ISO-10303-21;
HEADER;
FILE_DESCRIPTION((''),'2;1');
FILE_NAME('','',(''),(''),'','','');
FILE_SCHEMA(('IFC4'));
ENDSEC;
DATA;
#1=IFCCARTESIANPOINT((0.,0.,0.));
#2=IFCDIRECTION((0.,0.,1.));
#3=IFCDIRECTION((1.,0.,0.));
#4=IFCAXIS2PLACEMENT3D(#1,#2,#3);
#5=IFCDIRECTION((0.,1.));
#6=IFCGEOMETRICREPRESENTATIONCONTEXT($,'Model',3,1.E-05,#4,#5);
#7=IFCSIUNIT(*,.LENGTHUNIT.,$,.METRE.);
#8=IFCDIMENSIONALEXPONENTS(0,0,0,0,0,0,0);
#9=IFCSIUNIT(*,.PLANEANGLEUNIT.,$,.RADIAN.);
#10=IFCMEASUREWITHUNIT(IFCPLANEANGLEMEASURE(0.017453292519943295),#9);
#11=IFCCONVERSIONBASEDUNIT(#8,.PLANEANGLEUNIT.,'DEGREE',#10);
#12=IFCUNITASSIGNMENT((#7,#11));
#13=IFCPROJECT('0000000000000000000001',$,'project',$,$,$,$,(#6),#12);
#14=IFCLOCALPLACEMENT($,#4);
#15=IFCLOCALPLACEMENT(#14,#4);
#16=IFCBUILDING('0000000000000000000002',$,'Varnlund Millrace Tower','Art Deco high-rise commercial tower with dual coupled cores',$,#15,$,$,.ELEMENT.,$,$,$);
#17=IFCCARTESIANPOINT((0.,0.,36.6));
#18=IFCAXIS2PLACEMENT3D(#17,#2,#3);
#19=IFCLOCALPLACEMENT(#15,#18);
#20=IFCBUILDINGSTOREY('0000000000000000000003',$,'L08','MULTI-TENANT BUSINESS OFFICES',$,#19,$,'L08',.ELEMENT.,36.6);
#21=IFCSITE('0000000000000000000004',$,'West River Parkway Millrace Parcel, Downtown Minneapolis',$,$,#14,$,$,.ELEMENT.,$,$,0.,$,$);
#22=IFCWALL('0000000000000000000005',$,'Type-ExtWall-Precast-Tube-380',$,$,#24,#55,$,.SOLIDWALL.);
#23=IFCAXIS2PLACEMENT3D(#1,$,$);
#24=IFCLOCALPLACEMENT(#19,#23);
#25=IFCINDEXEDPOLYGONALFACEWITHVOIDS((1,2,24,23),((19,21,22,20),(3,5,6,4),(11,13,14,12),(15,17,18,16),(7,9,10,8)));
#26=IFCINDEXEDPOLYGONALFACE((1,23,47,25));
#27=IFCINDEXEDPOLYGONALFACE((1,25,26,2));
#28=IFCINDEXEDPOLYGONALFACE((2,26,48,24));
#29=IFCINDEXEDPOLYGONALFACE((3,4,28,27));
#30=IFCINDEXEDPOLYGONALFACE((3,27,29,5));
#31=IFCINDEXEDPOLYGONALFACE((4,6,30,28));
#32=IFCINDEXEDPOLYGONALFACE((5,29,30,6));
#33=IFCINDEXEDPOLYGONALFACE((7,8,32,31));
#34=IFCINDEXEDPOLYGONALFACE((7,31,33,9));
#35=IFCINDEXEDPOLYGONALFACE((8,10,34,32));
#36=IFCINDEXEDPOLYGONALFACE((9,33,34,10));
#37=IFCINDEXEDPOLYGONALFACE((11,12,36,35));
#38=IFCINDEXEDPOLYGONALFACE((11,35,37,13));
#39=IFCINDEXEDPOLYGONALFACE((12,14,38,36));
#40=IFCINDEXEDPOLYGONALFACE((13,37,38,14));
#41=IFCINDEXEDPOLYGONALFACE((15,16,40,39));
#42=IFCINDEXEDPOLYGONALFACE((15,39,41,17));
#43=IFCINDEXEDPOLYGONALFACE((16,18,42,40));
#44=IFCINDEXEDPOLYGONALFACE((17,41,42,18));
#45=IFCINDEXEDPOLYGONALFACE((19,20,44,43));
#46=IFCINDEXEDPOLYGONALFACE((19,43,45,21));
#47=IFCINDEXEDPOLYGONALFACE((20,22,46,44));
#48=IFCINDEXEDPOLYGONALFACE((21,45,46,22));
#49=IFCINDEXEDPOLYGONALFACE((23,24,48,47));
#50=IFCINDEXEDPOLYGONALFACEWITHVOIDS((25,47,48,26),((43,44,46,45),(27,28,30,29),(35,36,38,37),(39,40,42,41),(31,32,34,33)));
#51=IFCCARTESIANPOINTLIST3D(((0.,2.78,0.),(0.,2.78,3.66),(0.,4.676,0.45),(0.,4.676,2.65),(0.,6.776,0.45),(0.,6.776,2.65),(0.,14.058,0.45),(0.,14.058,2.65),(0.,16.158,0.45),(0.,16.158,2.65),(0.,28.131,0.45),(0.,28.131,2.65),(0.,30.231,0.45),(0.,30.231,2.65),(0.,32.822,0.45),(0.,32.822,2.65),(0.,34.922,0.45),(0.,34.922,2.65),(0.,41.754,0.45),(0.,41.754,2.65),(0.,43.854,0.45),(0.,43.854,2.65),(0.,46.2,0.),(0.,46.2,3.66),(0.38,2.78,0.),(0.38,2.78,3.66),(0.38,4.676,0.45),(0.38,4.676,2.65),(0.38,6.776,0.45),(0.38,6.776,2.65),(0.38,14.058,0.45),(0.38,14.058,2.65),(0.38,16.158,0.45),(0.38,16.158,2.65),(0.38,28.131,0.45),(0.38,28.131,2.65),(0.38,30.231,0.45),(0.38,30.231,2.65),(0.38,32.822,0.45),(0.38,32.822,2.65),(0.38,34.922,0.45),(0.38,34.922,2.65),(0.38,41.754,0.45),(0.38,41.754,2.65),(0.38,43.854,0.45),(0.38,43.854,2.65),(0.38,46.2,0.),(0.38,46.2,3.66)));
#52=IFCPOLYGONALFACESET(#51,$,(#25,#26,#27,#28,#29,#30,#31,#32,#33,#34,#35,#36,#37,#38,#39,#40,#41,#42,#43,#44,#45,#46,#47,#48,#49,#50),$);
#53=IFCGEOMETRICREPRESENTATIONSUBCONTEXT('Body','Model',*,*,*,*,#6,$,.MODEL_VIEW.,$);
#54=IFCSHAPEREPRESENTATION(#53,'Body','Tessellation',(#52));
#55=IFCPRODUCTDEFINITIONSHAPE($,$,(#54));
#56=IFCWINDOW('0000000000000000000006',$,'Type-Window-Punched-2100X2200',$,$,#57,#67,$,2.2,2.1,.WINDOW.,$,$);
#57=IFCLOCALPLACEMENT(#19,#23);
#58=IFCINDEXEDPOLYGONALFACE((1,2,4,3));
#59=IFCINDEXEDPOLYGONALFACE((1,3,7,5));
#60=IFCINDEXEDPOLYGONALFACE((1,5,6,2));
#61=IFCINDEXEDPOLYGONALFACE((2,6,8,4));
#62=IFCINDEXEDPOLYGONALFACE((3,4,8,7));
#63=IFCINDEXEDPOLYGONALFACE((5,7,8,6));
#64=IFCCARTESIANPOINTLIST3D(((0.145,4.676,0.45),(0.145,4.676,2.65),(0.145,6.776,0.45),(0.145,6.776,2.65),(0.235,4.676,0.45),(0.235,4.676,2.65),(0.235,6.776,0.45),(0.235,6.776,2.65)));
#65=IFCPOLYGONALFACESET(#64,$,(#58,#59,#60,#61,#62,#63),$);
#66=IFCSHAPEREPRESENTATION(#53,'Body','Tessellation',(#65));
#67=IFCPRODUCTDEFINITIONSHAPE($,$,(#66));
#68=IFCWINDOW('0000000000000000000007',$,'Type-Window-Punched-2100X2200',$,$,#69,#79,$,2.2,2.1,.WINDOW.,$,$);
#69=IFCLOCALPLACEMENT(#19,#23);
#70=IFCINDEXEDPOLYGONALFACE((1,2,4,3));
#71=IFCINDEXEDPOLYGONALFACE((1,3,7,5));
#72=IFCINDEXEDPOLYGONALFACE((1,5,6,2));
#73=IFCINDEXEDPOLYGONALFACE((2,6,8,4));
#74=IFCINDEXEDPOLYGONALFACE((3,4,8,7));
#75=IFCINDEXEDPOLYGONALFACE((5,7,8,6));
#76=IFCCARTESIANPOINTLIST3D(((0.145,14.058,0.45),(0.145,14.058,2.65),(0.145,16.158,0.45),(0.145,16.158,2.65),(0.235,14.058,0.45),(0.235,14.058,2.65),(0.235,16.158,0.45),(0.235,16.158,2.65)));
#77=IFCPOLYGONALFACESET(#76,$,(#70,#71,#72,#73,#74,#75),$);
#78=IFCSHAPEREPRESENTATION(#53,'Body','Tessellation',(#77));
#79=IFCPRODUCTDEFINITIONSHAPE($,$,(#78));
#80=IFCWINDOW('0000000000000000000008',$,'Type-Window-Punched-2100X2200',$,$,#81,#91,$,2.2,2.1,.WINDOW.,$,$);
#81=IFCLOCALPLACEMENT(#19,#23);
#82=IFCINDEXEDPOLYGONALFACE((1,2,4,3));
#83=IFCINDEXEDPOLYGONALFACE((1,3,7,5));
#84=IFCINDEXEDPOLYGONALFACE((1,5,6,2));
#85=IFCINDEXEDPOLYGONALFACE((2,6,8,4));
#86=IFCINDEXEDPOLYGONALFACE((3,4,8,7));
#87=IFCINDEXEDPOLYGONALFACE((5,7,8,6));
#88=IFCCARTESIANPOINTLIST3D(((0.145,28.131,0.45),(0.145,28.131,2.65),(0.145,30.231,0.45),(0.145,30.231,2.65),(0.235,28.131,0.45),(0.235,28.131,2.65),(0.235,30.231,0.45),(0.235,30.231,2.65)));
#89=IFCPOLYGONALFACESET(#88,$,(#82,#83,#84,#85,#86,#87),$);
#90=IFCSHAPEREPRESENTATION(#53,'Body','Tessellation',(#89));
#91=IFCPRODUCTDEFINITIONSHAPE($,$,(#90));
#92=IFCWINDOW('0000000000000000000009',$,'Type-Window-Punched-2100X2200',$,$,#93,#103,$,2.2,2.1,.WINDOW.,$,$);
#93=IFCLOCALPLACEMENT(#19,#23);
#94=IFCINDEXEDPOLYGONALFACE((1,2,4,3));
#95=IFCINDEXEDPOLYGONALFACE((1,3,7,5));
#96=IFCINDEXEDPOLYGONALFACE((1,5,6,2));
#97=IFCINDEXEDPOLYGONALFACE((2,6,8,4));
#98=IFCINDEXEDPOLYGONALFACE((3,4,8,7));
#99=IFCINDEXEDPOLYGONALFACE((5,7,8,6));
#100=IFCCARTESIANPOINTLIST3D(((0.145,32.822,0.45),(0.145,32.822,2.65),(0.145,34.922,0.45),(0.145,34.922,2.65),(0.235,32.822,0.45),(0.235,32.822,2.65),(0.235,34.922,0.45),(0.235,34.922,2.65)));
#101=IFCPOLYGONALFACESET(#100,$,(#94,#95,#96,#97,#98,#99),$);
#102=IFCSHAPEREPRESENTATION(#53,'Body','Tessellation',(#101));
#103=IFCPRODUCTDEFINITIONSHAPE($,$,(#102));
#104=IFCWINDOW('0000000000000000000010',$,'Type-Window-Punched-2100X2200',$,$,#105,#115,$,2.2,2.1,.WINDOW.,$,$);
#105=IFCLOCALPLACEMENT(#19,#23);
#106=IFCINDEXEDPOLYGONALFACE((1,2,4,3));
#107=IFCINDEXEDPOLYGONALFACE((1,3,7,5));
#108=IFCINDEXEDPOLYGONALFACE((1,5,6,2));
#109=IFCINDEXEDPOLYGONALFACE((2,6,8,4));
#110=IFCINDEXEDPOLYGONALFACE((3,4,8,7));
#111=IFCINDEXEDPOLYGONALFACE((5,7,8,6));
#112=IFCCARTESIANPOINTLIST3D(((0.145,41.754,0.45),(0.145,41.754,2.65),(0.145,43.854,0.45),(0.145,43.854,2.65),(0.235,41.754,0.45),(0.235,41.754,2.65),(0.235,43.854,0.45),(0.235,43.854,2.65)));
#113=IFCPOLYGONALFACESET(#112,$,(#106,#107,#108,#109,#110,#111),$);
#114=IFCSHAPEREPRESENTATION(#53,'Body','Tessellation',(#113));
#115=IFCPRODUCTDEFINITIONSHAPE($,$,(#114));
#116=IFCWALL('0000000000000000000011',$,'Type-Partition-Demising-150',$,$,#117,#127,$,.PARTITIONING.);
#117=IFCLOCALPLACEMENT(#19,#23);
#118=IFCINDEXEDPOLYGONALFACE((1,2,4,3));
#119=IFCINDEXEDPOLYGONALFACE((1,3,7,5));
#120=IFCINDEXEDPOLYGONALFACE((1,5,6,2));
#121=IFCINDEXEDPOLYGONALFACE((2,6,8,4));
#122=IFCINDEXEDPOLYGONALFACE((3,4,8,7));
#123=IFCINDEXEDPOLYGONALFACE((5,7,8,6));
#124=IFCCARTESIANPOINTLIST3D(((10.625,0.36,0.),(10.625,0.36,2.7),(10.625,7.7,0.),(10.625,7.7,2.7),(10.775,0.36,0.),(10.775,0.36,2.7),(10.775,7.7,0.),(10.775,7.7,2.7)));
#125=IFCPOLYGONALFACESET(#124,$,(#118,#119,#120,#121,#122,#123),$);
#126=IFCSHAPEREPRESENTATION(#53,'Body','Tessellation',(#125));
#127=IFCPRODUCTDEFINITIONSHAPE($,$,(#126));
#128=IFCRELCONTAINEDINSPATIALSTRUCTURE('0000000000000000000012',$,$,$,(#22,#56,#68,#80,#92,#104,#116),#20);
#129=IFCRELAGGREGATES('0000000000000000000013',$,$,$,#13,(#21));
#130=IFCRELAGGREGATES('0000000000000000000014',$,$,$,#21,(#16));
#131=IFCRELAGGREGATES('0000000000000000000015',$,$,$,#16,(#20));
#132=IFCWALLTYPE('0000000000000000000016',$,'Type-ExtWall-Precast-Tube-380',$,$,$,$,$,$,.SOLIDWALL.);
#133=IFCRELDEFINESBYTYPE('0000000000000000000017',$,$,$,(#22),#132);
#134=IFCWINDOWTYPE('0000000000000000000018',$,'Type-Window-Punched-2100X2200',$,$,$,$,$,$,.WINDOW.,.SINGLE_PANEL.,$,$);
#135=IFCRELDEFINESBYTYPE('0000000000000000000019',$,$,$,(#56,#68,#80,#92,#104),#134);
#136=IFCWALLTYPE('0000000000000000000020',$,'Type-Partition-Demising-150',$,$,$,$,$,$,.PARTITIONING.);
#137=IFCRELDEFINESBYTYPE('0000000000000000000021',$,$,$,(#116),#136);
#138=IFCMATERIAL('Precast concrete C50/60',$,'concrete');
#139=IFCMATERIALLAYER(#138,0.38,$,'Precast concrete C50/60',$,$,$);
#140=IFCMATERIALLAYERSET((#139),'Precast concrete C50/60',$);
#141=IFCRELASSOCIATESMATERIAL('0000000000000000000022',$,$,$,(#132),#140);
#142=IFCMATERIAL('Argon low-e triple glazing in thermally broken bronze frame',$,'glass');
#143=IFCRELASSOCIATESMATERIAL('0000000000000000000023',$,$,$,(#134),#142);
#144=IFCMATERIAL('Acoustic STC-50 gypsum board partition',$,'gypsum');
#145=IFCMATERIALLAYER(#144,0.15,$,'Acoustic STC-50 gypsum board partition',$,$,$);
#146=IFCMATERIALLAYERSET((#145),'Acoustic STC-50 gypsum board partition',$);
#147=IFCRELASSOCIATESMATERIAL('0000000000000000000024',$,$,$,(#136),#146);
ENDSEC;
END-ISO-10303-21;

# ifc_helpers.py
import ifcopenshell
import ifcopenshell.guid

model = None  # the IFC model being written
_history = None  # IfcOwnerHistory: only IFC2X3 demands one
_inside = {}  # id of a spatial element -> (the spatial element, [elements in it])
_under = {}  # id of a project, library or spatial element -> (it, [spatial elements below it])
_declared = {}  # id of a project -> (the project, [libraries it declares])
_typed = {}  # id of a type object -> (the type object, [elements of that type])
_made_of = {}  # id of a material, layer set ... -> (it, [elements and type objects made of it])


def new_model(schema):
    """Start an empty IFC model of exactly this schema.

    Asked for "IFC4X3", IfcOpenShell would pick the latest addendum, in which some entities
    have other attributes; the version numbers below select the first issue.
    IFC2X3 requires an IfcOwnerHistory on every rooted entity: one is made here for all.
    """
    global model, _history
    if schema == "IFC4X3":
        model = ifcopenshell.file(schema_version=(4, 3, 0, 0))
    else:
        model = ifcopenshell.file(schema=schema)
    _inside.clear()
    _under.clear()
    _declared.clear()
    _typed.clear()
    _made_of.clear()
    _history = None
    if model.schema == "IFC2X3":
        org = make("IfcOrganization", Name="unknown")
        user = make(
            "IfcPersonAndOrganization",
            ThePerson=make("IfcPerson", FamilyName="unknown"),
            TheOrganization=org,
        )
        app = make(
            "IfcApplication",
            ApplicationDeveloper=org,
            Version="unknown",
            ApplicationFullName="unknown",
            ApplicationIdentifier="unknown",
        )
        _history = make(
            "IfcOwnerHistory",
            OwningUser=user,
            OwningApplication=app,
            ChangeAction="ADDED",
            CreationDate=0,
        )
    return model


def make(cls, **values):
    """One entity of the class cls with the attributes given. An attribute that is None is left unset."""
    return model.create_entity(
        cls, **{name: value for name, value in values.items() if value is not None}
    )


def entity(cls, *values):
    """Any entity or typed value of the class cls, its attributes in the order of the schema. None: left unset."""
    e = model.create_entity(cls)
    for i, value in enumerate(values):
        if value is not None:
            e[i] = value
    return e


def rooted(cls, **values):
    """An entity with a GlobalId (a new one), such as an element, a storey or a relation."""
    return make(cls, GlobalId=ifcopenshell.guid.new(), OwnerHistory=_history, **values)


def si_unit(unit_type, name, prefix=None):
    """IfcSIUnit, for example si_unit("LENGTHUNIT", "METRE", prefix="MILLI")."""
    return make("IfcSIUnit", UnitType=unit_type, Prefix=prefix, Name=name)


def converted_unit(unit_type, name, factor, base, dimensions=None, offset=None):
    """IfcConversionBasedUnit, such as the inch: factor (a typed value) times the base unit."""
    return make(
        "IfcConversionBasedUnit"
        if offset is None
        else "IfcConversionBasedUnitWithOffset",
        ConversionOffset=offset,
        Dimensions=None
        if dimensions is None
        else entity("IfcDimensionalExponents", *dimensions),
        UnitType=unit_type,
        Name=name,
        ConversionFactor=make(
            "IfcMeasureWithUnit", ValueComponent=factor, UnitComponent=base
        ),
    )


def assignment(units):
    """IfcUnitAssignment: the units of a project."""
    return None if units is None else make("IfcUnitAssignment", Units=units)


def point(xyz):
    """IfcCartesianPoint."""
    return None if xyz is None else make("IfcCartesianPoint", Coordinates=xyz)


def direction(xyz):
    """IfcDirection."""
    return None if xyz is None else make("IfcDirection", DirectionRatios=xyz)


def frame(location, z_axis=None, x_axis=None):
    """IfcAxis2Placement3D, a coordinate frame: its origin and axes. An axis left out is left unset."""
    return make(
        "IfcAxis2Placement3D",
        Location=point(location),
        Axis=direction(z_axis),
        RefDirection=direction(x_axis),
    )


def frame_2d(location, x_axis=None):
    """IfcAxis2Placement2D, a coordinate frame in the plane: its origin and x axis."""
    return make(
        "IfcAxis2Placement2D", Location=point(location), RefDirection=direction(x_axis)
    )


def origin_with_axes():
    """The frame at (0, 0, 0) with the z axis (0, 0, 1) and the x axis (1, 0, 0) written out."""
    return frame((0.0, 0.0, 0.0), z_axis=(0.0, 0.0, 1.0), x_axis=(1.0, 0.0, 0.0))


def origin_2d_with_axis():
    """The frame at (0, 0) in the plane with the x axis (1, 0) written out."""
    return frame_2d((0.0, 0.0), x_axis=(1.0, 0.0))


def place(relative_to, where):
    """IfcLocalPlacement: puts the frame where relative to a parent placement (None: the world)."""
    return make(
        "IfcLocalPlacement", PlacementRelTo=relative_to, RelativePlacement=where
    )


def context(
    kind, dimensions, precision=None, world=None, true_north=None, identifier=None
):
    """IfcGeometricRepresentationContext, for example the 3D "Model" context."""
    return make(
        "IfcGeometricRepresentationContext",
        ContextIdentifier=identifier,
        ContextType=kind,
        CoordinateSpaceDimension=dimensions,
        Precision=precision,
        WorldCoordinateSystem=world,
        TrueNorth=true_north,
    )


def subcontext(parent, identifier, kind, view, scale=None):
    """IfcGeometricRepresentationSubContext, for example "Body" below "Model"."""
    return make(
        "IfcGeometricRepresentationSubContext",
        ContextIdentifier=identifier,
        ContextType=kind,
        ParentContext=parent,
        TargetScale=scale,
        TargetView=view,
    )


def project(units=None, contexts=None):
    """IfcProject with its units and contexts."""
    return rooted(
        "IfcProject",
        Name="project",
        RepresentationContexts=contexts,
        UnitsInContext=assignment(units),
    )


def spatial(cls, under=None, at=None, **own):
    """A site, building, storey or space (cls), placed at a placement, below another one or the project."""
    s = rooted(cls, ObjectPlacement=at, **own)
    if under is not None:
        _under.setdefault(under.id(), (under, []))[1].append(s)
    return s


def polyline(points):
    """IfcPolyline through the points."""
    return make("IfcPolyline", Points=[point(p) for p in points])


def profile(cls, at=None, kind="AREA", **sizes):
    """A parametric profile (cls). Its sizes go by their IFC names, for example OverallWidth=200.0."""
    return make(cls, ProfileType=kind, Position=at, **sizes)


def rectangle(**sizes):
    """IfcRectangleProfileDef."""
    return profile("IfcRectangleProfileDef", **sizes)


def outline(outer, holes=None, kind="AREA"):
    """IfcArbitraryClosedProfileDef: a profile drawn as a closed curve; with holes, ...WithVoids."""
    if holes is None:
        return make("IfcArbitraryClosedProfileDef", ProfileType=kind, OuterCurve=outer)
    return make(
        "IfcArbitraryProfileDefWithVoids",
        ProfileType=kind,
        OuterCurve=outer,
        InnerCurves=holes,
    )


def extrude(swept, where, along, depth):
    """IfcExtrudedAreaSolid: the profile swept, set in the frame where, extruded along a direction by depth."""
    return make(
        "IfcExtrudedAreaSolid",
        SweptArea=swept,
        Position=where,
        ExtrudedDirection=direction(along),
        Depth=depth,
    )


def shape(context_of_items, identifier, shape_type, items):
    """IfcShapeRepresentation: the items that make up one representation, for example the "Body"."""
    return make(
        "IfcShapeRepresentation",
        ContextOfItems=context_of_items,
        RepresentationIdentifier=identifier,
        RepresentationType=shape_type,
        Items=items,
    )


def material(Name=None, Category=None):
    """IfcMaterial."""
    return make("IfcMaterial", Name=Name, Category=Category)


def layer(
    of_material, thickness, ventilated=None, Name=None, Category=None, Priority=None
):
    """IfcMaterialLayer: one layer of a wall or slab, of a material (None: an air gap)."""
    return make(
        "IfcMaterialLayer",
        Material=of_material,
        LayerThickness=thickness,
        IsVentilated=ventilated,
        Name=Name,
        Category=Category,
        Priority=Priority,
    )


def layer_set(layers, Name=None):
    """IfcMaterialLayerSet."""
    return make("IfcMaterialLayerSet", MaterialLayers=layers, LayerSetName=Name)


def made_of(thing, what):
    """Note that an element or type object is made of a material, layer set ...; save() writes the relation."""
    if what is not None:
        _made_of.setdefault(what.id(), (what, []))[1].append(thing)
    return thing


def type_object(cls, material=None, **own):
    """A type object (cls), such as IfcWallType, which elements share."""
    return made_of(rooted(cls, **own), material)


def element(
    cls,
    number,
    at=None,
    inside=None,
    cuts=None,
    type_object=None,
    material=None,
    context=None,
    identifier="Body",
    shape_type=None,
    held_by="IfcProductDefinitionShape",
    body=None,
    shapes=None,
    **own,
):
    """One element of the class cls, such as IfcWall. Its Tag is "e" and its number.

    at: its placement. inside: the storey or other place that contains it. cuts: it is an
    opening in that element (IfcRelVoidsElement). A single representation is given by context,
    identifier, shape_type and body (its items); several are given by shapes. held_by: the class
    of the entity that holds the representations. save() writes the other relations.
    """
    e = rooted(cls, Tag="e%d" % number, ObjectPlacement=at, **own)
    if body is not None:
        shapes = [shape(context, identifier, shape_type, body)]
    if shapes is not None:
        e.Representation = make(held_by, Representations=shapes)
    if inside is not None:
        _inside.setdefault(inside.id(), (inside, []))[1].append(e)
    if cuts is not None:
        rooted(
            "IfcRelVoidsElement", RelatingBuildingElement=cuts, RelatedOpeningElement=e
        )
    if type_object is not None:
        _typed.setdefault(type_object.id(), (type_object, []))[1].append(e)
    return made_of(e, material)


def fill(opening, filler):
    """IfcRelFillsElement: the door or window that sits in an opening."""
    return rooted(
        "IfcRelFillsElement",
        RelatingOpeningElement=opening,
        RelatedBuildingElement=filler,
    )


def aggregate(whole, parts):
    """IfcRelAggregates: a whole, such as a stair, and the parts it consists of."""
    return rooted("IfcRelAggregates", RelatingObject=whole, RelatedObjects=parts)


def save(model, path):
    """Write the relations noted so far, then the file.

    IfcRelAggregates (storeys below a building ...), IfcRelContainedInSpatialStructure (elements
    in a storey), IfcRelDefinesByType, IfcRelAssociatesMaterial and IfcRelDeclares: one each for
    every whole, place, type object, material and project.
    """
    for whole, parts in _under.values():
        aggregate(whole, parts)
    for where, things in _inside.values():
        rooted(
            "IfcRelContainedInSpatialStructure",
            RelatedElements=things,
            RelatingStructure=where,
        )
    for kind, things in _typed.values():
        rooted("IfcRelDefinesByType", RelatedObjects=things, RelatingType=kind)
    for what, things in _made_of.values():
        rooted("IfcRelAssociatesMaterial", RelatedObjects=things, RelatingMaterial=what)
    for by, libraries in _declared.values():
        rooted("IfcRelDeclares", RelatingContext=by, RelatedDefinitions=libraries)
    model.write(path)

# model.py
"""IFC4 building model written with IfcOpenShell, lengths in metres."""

from ifc_helpers import new_model, entity, si_unit, converted_unit, direction, frame, origin_with_axes, origin_2d_with_axis, place, context, subcontext, project, spatial, polyline, rectangle, outline, extrude, material, layer, layer_set, type_object, element, fill, save


model = new_model("IFC4")

# Units and contexts
model_context = context("Model", 3, precision=1e-05, world=origin_with_axes(), true_north=direction((0.0, 1.0)))
body_context = subcontext(model_context, "Body", "Model", "MODEL_VIEW")
ifc_project = project(units=[si_unit("LENGTHUNIT", "METRE"), converted_unit("PLANEANGLEUNIT", "DEGREE", entity("IfcPlaneAngleMeasure", 0.017453292519943295), si_unit("PLANEANGLEUNIT", "RADIAN"), dimensions=[0, 0, 0, 0, 0, 0, 0])], contexts=[model_context])

# Site, building, storey
site_placement = place(None, origin_with_axes())
site = spatial("IfcSite", under=ifc_project, at=site_placement, Name="West River Parkway Millrace Parcel, Downtown Minneapolis", CompositionType="ELEMENT", RefElevation=0.0)
building_placement = place(site_placement, origin_with_axes())
building = spatial("IfcBuilding", under=site, at=building_placement, Name="Varnlund Millrace Tower", Description="Art Deco high-rise commercial tower with dual coupled cores", CompositionType="ELEMENT")
storey_placement = place(building_placement, frame((0.0, 0.0, 36.6), z_axis=(0.0, 0.0, 1.0), x_axis=(1.0, 0.0, 0.0)))
storey = spatial("IfcBuildingStorey", under=building, at=storey_placement, Name="L08", Description="MULTI-TENANT BUSINESS OFFICES", LongName="L08", CompositionType="ELEMENT", Elevation=36.6)

# Shared definitions
ifc_material_1 = material(Name="Precast concrete C50/60", Category="concrete")
ifc_layer_1 = layer(ifc_material_1, 0.38, Name="Precast concrete C50/60")
ifc_layer_set_1 = layer_set([ifc_layer_1], Name="Precast concrete C50/60")
wall_type_1 = type_object("IfcWallType", Name="Type-ExtWall-Precast-Tube-380", PredefinedType="SOLIDWALL", material=ifc_layer_set_1)

# Wall, openings, windows
wall_1_placement = place(storey_placement, frame((0.19, 2.78, 0.0), z_axis=(0.0, 0.0, 1.0), x_axis=(0.0, 1.0, 0.0)))
wall_1 = element("IfcWall", 1, at=wall_1_placement, inside=storey, type_object=wall_type_1, Name="Type-ExtWall-Precast-Tube-380", PredefinedType="SOLIDWALL", context=body_context, shape_type="SweptSolid", body=[
    extrude(outline(polyline([(0.0, -0.19), (43.42, -0.19), (43.42, 0.19), (0.0, 0.19), (0.0, -0.19)])), origin_with_axes(), (0.0, 0.0, 1.0), 3.66),
])
opening_1_placement = place(wall_1_placement, frame((2.946, 0.0, 0.45), z_axis=(0.0, 0.0, 1.0), x_axis=(1.0, 0.0, 0.0)))
opening_1 = element("IfcOpeningElement", 2, at=opening_1_placement, cuts=wall_1, PredefinedType="OPENING", context=body_context, shape_type="SweptSolid", body=[
    extrude(rectangle(XDim=2.1, YDim=0.4, at=origin_2d_with_axis()), origin_with_axes(), (0.0, 0.0, 1.0), 2.2),
])
opening_2_placement = place(wall_1_placement, frame((12.328, 0.0, 0.45), z_axis=(0.0, 0.0, 1.0), x_axis=(1.0, 0.0, 0.0)))
opening_2 = element("IfcOpeningElement", 3, at=opening_2_placement, cuts=wall_1, PredefinedType="OPENING", context=body_context, shape_type="SweptSolid", body=[
    extrude(rectangle(XDim=2.1, YDim=0.4, at=origin_2d_with_axis()), origin_with_axes(), (0.0, 0.0, 1.0), 2.2),
])
opening_3_placement = place(wall_1_placement, frame((26.401, 0.0, 0.45), z_axis=(0.0, 0.0, 1.0), x_axis=(1.0, 0.0, 0.0)))
opening_3 = element("IfcOpeningElement", 4, at=opening_3_placement, cuts=wall_1, PredefinedType="OPENING", context=body_context, shape_type="SweptSolid", body=[
    extrude(rectangle(XDim=2.1, YDim=0.4, at=origin_2d_with_axis()), origin_with_axes(), (0.0, 0.0, 1.0), 2.2),
])
opening_4_placement = place(wall_1_placement, frame((31.092, 0.0, 0.45), z_axis=(0.0, 0.0, 1.0), x_axis=(1.0, 0.0, 0.0)))
opening_4 = element("IfcOpeningElement", 5, at=opening_4_placement, cuts=wall_1, PredefinedType="OPENING", context=body_context, shape_type="SweptSolid", body=[
    extrude(rectangle(XDim=2.1, YDim=0.4, at=origin_2d_with_axis()), origin_with_axes(), (0.0, 0.0, 1.0), 2.2),
])
opening_5_placement = place(wall_1_placement, frame((40.024, 0.0, 0.45), z_axis=(0.0, 0.0, 1.0), x_axis=(1.0, 0.0, 0.0)))
opening_5 = element("IfcOpeningElement", 6, at=opening_5_placement, cuts=wall_1, PredefinedType="OPENING", context=body_context, shape_type="SweptSolid", body=[
    extrude(rectangle(XDim=2.1, YDim=0.4, at=origin_2d_with_axis()), origin_with_axes(), (0.0, 0.0, 1.0), 2.2),
])
ifc_material_2 = material(Name="Argon low-e triple glazing in thermally broken bronze frame", Category="glass")
window_type = type_object("IfcWindowType", Name="Type-Window-Punched-2100X2200", PartitioningType="SINGLE_PANEL", PredefinedType="WINDOW", material=ifc_material_2)
window_1_placement = place(wall_1_placement, frame((2.946, 0.0, 0.45), z_axis=(0.0, 0.0, 1.0), x_axis=(1.0, 0.0, 0.0)))
window_1 = element("IfcWindow", 7, at=window_1_placement, inside=storey, type_object=window_type, Name="Type-Window-Punched-2100X2200", OverallHeight=2.2, OverallWidth=2.1, PredefinedType="WINDOW", context=body_context, shape_type="SweptSolid", body=[
    extrude(rectangle(XDim=2.1, YDim=0.09, at=origin_2d_with_axis()), origin_with_axes(), (0.0, 0.0, 1.0), 2.2),
])
fill(opening_1, window_1)
window_2_placement = place(wall_1_placement, frame((12.328, 0.0, 0.45), z_axis=(0.0, 0.0, 1.0), x_axis=(1.0, 0.0, 0.0)))
window_2 = element("IfcWindow", 8, at=window_2_placement, inside=storey, type_object=window_type, Name="Type-Window-Punched-2100X2200", OverallHeight=2.2, OverallWidth=2.1, PredefinedType="WINDOW", context=body_context, shape_type="SweptSolid", body=[
    extrude(rectangle(XDim=2.1, YDim=0.09, at=origin_2d_with_axis()), origin_with_axes(), (0.0, 0.0, 1.0), 2.2),
])
fill(opening_2, window_2)
window_3_placement = place(wall_1_placement, frame((26.401, 0.0, 0.45), z_axis=(0.0, 0.0, 1.0), x_axis=(1.0, 0.0, 0.0)))
window_3 = element("IfcWindow", 9, at=window_3_placement, inside=storey, type_object=window_type, Name="Type-Window-Punched-2100X2200", OverallHeight=2.2, OverallWidth=2.1, PredefinedType="WINDOW", context=body_context, shape_type="SweptSolid", body=[
    extrude(rectangle(XDim=2.1, YDim=0.09, at=origin_2d_with_axis()), origin_with_axes(), (0.0, 0.0, 1.0), 2.2),
])
fill(opening_3, window_3)
window_4_placement = place(wall_1_placement, frame((31.092, 0.0, 0.45), z_axis=(0.0, 0.0, 1.0), x_axis=(1.0, 0.0, 0.0)))
window_4 = element("IfcWindow", 10, at=window_4_placement, inside=storey, type_object=window_type, Name="Type-Window-Punched-2100X2200", OverallHeight=2.2, OverallWidth=2.1, PredefinedType="WINDOW", context=body_context, shape_type="SweptSolid", body=[
    extrude(rectangle(XDim=2.1, YDim=0.09, at=origin_2d_with_axis()), origin_with_axes(), (0.0, 0.0, 1.0), 2.2),
])
fill(opening_4, window_4)
window_5_placement = place(wall_1_placement, frame((40.024, 0.0, 0.45), z_axis=(0.0, 0.0, 1.0), x_axis=(1.0, 0.0, 0.0)))
window_5 = element("IfcWindow", 11, at=window_5_placement, inside=storey, type_object=window_type, Name="Type-Window-Punched-2100X2200", OverallHeight=2.2, OverallWidth=2.1, PredefinedType="WINDOW", context=body_context, shape_type="SweptSolid", body=[
    extrude(rectangle(XDim=2.1, YDim=0.09, at=origin_2d_with_axis()), origin_with_axes(), (0.0, 0.0, 1.0), 2.2),
])
fill(opening_5, window_5)

# Wall
ifc_material_3 = material(Name="Acoustic STC-50 gypsum board partition", Category="gypsum")
ifc_layer_2 = layer(ifc_material_3, 0.15, Name="Acoustic STC-50 gypsum board partition")
ifc_layer_set_2 = layer_set([ifc_layer_2], Name="Acoustic STC-50 gypsum board partition")
wall_type_2 = type_object("IfcWallType", Name="Type-Partition-Demising-150", PredefinedType="PARTITIONING", material=ifc_layer_set_2)
wall_2_placement = place(storey_placement, frame((10.7, 0.36, 0.0), z_axis=(0.0, 0.0, 1.0), x_axis=(0.0, 1.0, 0.0)))
element("IfcWall", 12, at=wall_2_placement, inside=storey, type_object=wall_type_2, Name="Type-Partition-Demising-150", PredefinedType="PARTITIONING", context=body_context, shape_type="SweptSolid", body=[
    extrude(outline(polyline([(0.0, -0.075), (7.34, -0.075), (7.34, 0.075), (0.0, 0.075), (0.0, -0.075)])), origin_with_axes(), (0.0, 0.0, 1.0), 2.7),
])

save(model, "model.ifc")
